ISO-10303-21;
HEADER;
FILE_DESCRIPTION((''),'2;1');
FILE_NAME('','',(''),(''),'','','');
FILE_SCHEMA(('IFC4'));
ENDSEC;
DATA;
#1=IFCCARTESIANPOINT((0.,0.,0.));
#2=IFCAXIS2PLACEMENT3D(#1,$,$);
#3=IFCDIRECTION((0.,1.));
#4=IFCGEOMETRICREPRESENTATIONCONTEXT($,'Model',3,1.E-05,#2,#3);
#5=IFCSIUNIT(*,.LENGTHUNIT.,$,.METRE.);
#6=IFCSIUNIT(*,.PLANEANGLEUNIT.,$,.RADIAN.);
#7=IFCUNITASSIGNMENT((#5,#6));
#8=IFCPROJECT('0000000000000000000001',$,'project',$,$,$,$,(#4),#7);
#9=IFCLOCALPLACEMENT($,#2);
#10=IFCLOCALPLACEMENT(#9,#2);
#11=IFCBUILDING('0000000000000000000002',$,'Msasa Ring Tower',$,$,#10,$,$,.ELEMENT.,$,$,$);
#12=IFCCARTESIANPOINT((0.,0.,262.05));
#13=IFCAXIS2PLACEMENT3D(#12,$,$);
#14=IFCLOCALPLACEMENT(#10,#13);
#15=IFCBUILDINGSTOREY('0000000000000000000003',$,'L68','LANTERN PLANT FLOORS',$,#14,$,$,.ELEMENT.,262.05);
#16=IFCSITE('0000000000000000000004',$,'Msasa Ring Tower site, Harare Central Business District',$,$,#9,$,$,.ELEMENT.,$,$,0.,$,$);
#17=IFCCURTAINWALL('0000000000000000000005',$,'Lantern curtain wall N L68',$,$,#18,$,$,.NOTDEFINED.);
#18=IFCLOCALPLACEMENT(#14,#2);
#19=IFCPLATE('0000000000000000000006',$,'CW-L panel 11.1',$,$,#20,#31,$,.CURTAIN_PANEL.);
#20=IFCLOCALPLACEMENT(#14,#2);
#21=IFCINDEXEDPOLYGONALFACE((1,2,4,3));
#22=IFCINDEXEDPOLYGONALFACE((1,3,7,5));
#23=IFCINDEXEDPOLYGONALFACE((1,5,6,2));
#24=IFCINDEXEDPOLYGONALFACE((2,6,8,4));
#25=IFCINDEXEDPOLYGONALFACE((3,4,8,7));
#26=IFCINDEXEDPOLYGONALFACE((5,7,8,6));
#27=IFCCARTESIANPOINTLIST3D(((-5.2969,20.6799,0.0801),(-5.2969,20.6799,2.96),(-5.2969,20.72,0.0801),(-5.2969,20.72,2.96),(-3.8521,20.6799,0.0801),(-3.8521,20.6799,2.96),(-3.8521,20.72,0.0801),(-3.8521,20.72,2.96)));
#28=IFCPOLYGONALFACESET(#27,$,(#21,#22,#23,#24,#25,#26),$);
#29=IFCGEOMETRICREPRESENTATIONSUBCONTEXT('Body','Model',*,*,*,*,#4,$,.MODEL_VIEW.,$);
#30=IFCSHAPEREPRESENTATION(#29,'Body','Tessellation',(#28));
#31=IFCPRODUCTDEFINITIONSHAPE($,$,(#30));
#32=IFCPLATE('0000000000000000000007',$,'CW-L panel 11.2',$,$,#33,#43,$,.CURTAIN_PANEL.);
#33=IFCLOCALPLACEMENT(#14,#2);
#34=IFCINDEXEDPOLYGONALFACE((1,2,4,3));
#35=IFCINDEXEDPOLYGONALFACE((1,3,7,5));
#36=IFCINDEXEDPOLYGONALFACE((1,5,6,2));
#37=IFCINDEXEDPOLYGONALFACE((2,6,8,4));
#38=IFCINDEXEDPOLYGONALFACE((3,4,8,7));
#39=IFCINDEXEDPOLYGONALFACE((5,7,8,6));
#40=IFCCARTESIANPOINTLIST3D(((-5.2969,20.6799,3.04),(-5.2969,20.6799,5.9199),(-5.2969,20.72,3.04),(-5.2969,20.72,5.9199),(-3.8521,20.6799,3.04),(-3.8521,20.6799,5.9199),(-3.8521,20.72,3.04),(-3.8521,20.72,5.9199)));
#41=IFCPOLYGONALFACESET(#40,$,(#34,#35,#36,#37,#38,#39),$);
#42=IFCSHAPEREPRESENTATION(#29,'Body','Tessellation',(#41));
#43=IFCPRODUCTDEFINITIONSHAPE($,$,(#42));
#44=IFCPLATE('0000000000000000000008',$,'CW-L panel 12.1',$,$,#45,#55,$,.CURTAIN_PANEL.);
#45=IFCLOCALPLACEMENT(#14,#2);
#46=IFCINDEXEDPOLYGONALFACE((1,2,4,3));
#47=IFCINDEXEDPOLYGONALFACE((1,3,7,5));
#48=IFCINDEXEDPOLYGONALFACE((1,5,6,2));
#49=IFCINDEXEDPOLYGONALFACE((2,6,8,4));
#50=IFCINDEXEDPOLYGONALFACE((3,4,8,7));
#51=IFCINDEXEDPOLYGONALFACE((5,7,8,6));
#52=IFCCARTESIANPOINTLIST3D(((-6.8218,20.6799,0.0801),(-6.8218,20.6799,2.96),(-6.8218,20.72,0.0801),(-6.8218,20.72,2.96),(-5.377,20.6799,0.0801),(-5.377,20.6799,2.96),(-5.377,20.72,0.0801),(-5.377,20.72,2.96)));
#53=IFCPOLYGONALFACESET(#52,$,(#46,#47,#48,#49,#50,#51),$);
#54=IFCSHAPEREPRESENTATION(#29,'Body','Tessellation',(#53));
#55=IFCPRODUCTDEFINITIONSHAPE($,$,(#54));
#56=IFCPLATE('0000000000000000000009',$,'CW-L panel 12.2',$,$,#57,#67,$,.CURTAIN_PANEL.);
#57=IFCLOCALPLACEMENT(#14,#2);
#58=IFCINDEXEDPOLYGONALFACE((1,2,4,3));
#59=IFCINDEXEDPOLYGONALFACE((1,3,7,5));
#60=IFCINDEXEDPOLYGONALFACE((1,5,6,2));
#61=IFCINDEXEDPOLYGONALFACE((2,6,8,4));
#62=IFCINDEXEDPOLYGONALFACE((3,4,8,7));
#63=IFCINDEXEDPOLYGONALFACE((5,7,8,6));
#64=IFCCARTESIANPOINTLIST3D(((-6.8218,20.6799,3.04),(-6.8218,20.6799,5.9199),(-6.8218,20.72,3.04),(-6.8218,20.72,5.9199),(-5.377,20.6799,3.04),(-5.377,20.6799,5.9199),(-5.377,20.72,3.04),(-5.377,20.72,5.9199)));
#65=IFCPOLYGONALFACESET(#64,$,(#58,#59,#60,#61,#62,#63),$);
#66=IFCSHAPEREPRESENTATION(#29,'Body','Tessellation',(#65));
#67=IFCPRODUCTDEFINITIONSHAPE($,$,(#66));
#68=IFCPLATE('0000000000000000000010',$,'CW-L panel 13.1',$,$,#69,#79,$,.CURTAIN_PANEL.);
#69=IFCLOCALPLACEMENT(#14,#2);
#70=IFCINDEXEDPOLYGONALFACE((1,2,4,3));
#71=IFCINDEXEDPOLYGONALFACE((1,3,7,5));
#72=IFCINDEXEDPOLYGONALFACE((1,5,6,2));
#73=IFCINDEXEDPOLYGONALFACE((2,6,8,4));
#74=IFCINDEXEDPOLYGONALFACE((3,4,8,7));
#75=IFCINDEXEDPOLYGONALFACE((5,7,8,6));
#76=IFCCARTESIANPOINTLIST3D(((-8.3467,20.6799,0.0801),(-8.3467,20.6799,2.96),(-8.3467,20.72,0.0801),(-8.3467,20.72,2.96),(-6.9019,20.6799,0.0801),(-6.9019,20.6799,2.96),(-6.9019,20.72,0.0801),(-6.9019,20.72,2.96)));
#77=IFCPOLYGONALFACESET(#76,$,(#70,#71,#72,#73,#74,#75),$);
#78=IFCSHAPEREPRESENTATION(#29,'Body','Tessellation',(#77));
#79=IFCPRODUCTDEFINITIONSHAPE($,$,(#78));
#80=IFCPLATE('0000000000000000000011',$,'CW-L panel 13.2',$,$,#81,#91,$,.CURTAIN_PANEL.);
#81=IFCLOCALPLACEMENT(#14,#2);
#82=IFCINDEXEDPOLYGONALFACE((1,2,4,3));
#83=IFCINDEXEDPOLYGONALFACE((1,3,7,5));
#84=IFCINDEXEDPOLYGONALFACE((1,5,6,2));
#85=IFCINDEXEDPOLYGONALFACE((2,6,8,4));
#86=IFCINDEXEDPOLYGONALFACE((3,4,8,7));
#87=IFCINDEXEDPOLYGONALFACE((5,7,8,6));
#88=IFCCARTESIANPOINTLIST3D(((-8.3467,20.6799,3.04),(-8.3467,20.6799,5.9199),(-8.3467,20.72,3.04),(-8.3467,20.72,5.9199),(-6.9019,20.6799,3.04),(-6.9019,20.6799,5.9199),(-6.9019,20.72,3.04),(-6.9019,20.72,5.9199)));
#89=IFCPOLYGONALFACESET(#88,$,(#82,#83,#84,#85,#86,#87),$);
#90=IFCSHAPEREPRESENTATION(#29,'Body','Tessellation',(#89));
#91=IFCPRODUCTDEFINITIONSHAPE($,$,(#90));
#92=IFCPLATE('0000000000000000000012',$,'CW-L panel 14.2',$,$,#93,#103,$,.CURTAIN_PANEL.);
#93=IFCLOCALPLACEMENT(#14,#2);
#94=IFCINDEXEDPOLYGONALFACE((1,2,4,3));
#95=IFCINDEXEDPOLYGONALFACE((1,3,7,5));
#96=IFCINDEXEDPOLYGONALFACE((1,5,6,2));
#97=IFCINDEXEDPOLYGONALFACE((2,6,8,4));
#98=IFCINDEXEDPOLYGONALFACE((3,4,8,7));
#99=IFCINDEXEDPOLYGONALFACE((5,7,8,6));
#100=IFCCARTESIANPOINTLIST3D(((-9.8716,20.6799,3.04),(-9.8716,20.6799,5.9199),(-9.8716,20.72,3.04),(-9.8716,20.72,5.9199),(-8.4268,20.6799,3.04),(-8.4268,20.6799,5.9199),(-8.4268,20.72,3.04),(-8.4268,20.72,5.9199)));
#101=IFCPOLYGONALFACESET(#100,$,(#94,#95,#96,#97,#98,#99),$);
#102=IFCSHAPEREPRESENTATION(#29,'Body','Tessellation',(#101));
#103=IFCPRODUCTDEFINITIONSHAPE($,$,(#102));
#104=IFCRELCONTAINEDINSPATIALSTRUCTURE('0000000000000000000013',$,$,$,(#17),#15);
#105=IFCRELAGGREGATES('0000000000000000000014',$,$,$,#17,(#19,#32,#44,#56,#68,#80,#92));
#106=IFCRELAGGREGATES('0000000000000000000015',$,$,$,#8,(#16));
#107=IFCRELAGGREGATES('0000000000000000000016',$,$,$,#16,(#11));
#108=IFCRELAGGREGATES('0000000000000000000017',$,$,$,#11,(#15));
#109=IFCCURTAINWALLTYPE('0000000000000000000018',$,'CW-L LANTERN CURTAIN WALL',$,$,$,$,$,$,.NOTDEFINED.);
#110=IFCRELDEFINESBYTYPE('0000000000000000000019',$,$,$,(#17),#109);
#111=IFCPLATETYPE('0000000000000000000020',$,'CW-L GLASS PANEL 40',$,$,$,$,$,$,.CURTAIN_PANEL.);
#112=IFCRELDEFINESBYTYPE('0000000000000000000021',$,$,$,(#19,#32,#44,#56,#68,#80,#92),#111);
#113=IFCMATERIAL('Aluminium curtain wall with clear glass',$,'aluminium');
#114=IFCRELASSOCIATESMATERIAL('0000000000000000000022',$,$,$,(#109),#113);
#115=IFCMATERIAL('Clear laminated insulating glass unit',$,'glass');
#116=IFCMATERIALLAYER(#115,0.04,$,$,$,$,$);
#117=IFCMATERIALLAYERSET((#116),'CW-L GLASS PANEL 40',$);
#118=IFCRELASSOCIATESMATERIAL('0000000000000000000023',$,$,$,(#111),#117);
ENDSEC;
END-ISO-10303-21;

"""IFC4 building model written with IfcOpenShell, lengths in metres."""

from ifc_helpers import new_model, si_unit, direction, frame, origin, origin_2d, place, context, subcontext, project, spatial, rectangle, extrude, material, layer, layer_set, type_object, element, aggregate, save


model = new_model("IFC4")

# Units and contexts
model_context = context("Model", 3, precision=1e-05, world=origin(), true_north=direction((0.0, 1.0)))
body_context = subcontext(model_context, "Body", "Model", "MODEL_VIEW")
ifc_project = project(units=[si_unit("LENGTHUNIT", "METRE"), si_unit("PLANEANGLEUNIT", "RADIAN")], contexts=[model_context])

# Site, building, storey
site_placement = place(None, origin())
site = spatial("IfcSite", under=ifc_project, at=site_placement, Name="Msasa Ring Tower site, Harare Central Business District", CompositionType="ELEMENT", RefElevation=0.0)
building_placement = place(site_placement, origin())
building = spatial("IfcBuilding", under=site, at=building_placement, Name="Msasa Ring Tower", CompositionType="ELEMENT")
storey_placement = place(building_placement, frame((0.0, 0.0, 262.05)))
storey = spatial("IfcBuildingStorey", under=building, at=storey_placement, Name="L68", Description="LANTERN PLANT FLOORS", CompositionType="ELEMENT", Elevation=262.05)

# Curtain wall, plates
ifc_material_1 = material(Name="Aluminium curtain wall with clear glass", Category="aluminium")
curtain_wall_type = type_object("IfcCurtainWallType", Name="CW-L LANTERN CURTAIN WALL", PredefinedType="NOTDEFINED", material=ifc_material_1)
curtain_wall_placement = place(storey_placement, origin())
curtain_wall = element("IfcCurtainWall", 1, at=curtain_wall_placement, inside=storey, type_object=curtain_wall_type, Name="Lantern curtain wall N L68", PredefinedType="NOTDEFINED")
ifc_material_2 = material(Name="Clear laminated insulating glass unit", Category="glass")
ifc_layer = layer(ifc_material_2, 0.04)
ifc_layer_set = layer_set([ifc_layer], Name="CW-L GLASS PANEL 40")
plate_type = type_object("IfcPlateType", Name="CW-L GLASS PANEL 40", PredefinedType="CURTAIN_PANEL", material=ifc_layer_set)
plate_1_placement = place(storey_placement, frame((-4.5745, 20.7, 0.0801), z_axis=(0.0, 0.0, 1.0), x_axis=(-1.0, 0.0, 0.0)))
plate_1 = element("IfcPlate", 2, at=plate_1_placement, type_object=plate_type, Name="CW-L panel 11.1", PredefinedType="CURTAIN_PANEL", context=body_context, shape_type="SweptSolid", body=[
    extrude(rectangle(XDim=1.4448, YDim=0.04, at=origin_2d()), origin(), (0.0, 0.0, 1.0), 2.8799),
])
plate_2_placement = place(storey_placement, frame((-4.5745, 20.7, 3.04), z_axis=(0.0, 0.0, 1.0), x_axis=(-1.0, 0.0, 0.0)))
plate_2 = element("IfcPlate", 3, at=plate_2_placement, type_object=plate_type, Name="CW-L panel 11.2", PredefinedType="CURTAIN_PANEL", context=body_context, shape_type="SweptSolid", body=[
    extrude(rectangle(XDim=1.4448, YDim=0.04, at=origin_2d()), origin(), (0.0, 0.0, 1.0), 2.8799),
])
plate_3_placement = place(storey_placement, frame((-6.0994, 20.7, 0.0801), z_axis=(0.0, 0.0, 1.0), x_axis=(-1.0, 0.0, 0.0)))
plate_3 = element("IfcPlate", 4, at=plate_3_placement, type_object=plate_type, Name="CW-L panel 12.1", PredefinedType="CURTAIN_PANEL", context=body_context, shape_type="SweptSolid", body=[
    extrude(rectangle(XDim=1.4448, YDim=0.04, at=origin_2d()), origin(), (0.0, 0.0, 1.0), 2.8799),
])
plate_4_placement = place(storey_placement, frame((-6.0994, 20.7, 3.04), z_axis=(0.0, 0.0, 1.0), x_axis=(-1.0, 0.0, 0.0)))
plate_4 = element("IfcPlate", 5, at=plate_4_placement, type_object=plate_type, Name="CW-L panel 12.2", PredefinedType="CURTAIN_PANEL", context=body_context, shape_type="SweptSolid", body=[
    extrude(rectangle(XDim=1.4448, YDim=0.04, at=origin_2d()), origin(), (0.0, 0.0, 1.0), 2.8799),
])
plate_5_placement = place(storey_placement, frame((-7.6243, 20.7, 0.0801), z_axis=(0.0, 0.0, 1.0), x_axis=(-1.0, 0.0, 0.0)))
plate_5 = element("IfcPlate", 6, at=plate_5_placement, type_object=plate_type, Name="CW-L panel 13.1", PredefinedType="CURTAIN_PANEL", context=body_context, shape_type="SweptSolid", body=[
    extrude(rectangle(XDim=1.4448, YDim=0.04, at=origin_2d()), origin(), (0.0, 0.0, 1.0), 2.8799),
])
plate_6_placement = place(storey_placement, frame((-7.6243, 20.7, 3.04), z_axis=(0.0, 0.0, 1.0), x_axis=(-1.0, 0.0, 0.0)))
plate_6 = element("IfcPlate", 7, at=plate_6_placement, type_object=plate_type, Name="CW-L panel 13.2", PredefinedType="CURTAIN_PANEL", context=body_context, shape_type="SweptSolid", body=[
    extrude(rectangle(XDim=1.4448, YDim=0.04, at=origin_2d()), origin(), (0.0, 0.0, 1.0), 2.8799),
])
plate_7_placement = place(storey_placement, frame((-9.1492, 20.7, 3.04), z_axis=(0.0, 0.0, 1.0), x_axis=(-1.0, 0.0, 0.0)))
plate_7 = element("IfcPlate", 8, at=plate_7_placement, type_object=plate_type, Name="CW-L panel 14.2", PredefinedType="CURTAIN_PANEL", context=body_context, shape_type="SweptSolid", body=[
    extrude(rectangle(XDim=1.4448, YDim=0.04, at=origin_2d()), origin(), (0.0, 0.0, 1.0), 2.8799),
])
aggregate(curtain_wall, [plate_1, plate_2, plate_3, plate_4, plate_5, plate_6, plate_7])

save(model, "model.ifc")
